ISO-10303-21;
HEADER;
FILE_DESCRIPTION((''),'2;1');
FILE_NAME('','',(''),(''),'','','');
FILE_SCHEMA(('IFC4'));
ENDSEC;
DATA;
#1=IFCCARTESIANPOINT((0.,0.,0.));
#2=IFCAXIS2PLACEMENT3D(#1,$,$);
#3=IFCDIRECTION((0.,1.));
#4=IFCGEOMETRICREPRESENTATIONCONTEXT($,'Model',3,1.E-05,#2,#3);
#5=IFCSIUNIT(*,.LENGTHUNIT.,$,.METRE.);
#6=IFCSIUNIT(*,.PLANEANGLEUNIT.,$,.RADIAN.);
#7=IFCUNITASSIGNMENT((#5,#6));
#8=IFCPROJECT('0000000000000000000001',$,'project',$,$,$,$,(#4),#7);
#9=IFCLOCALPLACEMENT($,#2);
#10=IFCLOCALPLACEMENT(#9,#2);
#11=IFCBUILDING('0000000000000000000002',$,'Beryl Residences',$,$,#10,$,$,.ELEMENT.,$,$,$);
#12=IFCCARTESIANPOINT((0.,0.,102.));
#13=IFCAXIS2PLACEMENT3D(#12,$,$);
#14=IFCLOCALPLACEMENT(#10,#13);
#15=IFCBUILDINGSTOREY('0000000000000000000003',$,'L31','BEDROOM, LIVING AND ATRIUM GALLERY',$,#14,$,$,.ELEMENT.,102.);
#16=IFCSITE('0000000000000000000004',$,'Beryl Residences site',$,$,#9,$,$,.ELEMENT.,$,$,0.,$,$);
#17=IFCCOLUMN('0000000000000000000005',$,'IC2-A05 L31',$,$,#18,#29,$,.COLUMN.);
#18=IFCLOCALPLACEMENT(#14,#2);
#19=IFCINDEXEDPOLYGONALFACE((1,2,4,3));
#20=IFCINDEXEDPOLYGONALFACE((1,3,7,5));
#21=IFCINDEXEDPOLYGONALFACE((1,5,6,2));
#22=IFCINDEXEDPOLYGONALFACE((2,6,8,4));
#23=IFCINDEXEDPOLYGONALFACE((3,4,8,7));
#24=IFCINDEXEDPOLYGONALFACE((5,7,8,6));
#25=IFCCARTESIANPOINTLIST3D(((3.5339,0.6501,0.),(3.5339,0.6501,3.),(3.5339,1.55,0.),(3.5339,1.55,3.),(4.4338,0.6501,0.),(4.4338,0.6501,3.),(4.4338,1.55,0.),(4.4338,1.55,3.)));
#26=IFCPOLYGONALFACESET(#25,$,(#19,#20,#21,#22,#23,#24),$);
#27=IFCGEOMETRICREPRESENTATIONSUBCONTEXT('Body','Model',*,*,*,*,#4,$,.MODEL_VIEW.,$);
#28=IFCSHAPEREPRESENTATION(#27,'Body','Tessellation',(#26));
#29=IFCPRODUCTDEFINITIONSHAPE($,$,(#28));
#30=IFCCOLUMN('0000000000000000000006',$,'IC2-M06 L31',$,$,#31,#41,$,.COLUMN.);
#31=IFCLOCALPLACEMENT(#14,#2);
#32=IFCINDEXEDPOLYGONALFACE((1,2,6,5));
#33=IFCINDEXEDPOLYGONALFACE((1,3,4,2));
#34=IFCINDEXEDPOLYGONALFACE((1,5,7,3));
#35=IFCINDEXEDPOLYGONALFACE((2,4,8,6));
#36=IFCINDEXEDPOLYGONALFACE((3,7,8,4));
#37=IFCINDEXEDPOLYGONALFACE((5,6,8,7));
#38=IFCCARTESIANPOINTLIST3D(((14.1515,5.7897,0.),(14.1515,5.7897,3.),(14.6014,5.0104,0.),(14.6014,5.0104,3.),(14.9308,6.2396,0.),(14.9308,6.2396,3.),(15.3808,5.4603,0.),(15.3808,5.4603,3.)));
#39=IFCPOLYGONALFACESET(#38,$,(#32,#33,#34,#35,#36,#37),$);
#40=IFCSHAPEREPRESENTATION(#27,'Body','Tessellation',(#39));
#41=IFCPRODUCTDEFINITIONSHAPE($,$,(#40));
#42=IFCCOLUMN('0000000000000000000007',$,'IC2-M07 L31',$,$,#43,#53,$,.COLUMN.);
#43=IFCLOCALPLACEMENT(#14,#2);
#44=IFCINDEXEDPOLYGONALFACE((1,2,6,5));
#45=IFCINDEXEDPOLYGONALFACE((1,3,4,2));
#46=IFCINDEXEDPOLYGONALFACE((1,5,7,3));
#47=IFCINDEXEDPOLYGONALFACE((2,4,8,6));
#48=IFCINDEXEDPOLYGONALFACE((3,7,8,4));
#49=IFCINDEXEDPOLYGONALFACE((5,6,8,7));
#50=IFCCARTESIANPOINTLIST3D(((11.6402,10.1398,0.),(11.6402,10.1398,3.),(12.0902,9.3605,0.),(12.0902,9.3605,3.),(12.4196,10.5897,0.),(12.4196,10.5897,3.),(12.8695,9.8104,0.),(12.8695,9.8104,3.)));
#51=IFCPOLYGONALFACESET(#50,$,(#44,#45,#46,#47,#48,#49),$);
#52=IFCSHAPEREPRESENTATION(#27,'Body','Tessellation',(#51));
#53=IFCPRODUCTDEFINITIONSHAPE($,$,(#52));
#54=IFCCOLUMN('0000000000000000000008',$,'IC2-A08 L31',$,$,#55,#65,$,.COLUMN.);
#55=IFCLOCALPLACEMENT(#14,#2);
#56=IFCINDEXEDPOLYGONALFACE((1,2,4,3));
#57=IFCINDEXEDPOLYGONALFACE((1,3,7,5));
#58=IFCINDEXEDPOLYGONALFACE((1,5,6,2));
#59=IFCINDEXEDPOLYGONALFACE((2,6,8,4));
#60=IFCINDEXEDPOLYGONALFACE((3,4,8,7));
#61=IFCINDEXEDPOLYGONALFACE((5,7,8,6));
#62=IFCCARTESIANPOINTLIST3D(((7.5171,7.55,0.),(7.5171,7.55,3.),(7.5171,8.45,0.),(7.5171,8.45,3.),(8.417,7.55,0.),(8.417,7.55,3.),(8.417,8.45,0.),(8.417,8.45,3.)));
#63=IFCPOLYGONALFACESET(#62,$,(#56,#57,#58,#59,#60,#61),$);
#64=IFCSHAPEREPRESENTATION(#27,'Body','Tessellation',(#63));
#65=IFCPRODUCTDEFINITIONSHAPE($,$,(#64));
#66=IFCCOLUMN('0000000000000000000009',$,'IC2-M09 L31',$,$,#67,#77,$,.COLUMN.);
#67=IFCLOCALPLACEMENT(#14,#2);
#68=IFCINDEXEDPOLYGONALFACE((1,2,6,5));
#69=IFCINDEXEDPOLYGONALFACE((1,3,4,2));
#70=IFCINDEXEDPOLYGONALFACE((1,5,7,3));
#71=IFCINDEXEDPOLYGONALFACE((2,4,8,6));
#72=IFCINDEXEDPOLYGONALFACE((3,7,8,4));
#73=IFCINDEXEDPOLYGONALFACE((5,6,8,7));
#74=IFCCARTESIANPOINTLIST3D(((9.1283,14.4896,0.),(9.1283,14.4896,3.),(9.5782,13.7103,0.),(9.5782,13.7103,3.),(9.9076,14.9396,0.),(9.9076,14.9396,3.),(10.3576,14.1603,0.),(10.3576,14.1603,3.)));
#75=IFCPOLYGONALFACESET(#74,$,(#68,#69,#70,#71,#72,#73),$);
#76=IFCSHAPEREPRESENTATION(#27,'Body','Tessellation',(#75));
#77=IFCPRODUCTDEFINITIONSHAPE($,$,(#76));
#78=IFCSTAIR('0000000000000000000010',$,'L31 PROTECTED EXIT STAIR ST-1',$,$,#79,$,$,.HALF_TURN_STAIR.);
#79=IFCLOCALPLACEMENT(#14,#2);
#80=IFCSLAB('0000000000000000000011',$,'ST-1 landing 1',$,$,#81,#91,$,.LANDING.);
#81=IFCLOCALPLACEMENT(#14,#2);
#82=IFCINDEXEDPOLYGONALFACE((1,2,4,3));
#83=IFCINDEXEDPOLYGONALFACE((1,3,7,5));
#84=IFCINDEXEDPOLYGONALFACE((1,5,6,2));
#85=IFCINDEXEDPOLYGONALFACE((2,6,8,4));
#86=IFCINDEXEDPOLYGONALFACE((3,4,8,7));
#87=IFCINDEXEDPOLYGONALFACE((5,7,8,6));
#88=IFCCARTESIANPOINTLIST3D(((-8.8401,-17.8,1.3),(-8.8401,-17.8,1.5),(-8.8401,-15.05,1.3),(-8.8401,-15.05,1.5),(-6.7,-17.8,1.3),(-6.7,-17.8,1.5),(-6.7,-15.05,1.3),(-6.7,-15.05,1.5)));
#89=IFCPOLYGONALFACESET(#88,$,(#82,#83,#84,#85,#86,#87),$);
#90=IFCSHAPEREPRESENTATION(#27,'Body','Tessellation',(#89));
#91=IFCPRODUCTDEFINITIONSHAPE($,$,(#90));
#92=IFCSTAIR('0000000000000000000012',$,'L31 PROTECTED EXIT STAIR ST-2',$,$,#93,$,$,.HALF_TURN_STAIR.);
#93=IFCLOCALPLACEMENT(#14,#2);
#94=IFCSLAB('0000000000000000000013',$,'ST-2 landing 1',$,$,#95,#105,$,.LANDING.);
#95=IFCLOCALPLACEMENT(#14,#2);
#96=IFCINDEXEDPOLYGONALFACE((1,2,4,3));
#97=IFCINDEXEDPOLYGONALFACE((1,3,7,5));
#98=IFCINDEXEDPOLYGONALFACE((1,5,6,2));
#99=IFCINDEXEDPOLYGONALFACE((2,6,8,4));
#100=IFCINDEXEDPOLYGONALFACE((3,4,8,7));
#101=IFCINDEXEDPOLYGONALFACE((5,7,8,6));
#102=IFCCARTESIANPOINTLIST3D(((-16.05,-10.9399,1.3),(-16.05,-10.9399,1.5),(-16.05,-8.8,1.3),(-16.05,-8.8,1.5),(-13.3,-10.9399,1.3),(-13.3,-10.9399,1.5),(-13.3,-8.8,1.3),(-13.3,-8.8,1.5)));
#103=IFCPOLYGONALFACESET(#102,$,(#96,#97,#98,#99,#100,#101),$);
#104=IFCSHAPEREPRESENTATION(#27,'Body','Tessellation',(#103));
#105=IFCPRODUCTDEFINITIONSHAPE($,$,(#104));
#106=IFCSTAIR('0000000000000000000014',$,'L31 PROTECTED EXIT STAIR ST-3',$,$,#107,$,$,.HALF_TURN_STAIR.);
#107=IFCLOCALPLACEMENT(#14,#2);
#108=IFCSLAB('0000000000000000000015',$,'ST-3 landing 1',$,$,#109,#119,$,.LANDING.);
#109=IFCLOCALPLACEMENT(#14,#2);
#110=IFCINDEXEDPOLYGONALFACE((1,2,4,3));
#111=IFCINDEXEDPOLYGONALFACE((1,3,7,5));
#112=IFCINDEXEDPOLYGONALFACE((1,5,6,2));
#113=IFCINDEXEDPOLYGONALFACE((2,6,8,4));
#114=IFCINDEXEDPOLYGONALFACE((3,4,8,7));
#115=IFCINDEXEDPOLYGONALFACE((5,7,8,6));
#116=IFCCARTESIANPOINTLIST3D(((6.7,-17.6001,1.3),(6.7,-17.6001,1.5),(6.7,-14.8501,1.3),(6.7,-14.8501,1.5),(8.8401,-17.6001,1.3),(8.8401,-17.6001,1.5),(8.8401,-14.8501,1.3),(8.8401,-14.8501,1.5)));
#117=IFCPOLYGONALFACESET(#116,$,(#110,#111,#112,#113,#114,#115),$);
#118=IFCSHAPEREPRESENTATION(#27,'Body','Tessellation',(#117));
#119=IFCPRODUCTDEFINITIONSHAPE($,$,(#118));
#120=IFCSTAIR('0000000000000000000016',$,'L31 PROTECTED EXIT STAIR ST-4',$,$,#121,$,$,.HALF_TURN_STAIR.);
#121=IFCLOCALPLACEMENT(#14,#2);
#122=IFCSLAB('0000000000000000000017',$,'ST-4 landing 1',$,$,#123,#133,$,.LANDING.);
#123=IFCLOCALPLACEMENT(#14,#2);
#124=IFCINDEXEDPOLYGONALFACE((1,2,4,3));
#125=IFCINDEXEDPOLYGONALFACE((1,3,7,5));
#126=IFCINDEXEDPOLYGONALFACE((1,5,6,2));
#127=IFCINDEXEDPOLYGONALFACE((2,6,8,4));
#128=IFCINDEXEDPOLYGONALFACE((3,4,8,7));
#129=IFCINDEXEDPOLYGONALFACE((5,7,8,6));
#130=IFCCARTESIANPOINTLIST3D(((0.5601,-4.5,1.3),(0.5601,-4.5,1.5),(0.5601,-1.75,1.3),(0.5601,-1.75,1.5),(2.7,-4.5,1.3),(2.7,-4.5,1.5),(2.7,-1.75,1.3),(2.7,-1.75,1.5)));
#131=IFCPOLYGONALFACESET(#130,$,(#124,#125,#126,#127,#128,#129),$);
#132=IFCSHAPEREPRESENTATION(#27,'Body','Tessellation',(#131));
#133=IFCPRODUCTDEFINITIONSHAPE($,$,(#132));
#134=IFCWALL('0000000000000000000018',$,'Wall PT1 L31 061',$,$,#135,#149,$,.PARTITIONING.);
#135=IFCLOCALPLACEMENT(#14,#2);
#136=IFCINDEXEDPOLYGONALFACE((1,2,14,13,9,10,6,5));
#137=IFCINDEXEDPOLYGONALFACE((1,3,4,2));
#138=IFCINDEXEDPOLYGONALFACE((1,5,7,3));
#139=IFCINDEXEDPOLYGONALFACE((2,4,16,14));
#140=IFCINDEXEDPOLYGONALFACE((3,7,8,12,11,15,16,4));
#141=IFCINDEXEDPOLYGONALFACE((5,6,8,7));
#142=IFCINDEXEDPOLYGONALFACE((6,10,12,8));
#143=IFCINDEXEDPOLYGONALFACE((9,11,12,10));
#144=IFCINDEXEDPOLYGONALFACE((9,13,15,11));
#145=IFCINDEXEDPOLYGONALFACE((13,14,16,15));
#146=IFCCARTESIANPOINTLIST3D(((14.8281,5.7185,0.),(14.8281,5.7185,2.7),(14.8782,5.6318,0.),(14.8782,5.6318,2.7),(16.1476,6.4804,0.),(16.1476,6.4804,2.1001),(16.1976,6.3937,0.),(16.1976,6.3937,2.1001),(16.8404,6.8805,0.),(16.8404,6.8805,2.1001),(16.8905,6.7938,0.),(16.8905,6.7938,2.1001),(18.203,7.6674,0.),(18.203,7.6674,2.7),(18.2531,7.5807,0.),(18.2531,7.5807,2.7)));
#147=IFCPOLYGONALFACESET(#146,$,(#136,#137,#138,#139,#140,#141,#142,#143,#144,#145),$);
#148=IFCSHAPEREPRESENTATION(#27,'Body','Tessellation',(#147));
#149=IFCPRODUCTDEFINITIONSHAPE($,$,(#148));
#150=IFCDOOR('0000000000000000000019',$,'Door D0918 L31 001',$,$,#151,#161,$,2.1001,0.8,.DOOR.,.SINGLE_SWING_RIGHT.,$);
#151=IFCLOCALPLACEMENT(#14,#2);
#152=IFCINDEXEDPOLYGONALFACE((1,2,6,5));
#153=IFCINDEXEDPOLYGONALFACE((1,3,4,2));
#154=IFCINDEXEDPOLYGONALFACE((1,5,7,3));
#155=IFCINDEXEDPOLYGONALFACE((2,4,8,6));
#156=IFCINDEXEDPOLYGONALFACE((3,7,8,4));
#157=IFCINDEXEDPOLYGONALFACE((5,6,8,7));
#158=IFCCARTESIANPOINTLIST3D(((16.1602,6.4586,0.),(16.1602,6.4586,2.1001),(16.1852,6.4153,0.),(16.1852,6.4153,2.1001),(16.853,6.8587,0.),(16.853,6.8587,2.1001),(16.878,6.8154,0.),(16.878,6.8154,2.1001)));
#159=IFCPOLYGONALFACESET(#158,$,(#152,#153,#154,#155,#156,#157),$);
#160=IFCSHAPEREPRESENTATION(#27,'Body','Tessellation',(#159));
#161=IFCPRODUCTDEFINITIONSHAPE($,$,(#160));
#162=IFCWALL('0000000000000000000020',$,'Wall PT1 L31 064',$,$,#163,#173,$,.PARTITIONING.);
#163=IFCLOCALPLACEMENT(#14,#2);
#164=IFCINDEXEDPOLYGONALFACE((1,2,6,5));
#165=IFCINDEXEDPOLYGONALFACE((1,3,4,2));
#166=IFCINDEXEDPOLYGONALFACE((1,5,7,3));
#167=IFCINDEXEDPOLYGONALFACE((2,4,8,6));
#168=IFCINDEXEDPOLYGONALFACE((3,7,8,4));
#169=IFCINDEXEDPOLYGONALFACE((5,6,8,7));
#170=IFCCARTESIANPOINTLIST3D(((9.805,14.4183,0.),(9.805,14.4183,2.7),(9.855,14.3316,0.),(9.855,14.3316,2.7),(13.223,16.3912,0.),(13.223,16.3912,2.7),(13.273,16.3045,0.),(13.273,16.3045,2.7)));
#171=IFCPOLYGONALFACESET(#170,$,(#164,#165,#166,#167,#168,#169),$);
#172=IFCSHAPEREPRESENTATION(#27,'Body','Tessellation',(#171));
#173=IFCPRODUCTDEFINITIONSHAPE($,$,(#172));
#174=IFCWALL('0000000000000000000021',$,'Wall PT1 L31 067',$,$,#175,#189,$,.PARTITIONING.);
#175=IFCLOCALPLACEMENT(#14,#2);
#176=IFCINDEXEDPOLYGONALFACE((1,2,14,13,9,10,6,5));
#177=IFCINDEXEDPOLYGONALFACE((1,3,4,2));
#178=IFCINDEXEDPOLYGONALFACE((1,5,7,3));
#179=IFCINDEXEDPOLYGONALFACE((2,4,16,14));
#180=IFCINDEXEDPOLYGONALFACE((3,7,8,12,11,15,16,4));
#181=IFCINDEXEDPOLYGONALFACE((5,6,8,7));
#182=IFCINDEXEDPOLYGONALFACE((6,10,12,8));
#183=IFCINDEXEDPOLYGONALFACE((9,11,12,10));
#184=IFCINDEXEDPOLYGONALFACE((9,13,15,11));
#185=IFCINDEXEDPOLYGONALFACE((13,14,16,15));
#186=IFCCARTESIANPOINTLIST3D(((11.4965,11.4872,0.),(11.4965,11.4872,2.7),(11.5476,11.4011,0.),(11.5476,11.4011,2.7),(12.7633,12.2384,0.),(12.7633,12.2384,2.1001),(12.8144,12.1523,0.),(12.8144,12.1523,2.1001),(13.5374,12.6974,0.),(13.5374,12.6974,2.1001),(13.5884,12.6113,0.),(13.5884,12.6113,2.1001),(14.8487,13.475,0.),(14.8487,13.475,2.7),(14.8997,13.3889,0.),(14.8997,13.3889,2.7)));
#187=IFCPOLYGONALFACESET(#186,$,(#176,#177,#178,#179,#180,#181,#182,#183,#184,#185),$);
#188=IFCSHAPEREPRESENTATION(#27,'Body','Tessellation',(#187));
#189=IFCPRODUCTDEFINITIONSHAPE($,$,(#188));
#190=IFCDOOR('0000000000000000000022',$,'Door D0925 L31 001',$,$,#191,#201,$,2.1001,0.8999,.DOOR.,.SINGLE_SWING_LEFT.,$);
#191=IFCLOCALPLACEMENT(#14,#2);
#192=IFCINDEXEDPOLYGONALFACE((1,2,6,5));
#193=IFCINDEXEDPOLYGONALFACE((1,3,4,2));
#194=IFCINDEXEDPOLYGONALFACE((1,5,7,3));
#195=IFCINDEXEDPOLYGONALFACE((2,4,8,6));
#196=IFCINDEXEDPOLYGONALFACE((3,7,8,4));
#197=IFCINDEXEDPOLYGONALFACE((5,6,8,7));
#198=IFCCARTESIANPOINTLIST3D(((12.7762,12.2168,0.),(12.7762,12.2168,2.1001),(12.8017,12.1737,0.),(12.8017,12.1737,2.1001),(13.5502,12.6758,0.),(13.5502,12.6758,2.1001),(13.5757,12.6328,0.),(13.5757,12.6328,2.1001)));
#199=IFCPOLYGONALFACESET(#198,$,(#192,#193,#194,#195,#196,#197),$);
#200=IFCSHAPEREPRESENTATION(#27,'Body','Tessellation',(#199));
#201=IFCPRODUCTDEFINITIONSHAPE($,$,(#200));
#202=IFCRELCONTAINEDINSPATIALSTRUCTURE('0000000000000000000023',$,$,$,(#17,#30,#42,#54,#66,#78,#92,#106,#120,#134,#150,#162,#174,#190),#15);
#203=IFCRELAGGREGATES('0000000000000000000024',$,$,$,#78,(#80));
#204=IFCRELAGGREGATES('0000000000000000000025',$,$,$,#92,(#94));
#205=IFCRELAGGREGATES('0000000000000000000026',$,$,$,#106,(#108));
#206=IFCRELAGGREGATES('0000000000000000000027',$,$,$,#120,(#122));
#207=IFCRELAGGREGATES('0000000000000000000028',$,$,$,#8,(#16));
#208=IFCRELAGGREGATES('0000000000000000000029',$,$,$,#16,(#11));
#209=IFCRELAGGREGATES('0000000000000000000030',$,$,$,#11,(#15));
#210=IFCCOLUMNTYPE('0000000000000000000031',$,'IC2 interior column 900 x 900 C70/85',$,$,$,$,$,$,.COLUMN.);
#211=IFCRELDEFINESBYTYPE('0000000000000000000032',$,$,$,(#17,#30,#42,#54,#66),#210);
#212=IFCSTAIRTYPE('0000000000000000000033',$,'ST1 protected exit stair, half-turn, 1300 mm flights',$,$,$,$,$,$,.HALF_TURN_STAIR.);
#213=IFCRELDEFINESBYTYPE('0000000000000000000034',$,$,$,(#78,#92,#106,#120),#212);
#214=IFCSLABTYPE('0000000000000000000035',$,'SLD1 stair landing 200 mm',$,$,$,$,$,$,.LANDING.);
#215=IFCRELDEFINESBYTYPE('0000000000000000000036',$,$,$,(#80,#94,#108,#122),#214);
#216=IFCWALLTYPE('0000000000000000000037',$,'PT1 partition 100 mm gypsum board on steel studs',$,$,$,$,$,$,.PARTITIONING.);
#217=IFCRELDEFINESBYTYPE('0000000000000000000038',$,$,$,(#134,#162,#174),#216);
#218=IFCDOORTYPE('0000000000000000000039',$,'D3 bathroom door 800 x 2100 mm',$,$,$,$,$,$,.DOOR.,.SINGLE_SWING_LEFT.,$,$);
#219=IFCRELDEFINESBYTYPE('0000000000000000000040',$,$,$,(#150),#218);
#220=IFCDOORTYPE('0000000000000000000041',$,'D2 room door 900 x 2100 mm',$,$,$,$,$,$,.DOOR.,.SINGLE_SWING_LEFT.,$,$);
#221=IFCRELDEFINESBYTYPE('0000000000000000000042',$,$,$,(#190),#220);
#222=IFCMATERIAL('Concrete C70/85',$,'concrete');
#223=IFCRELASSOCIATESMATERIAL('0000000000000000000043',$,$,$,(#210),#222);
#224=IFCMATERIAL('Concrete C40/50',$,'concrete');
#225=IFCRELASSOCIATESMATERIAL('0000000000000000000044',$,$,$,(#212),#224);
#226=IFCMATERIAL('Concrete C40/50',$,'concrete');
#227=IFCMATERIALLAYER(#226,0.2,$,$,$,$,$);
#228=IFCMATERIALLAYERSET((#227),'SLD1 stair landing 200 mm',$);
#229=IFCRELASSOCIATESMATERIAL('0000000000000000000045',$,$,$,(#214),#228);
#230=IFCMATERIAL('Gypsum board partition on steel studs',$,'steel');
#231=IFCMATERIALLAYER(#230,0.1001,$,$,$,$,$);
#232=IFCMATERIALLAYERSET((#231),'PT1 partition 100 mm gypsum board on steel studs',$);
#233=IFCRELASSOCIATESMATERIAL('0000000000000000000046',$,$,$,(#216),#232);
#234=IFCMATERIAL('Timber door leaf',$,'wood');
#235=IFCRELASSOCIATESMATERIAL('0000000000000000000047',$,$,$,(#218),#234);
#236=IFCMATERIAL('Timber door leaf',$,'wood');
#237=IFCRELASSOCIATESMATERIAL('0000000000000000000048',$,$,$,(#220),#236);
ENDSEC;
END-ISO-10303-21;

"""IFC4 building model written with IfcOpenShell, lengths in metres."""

from ifc_helpers import new_model, si_unit, direction, frame, frame_2d, origin, origin_2d, place, context, subcontext, project, spatial, polyline, rectangle, outline, extrude, material, layer, layer_set, material_profile, profile_set, type_object, element, fill, aggregate, save


model = new_model("IFC4")

# Units and contexts
model_context = context("Model", 3, precision=1e-05, world=origin(), true_north=direction((0.0, 1.0)))
body_context = subcontext(model_context, "Body", "Model", "MODEL_VIEW")
ifc_project = project(units=[si_unit("LENGTHUNIT", "METRE"), si_unit("PLANEANGLEUNIT", "RADIAN")], contexts=[model_context])

# Site, building, storey
site_placement = place(None, origin())
site = spatial("IfcSite", under=ifc_project, at=site_placement, Name="Beryl Residences site", CompositionType="ELEMENT", RefElevation=0.0)
building_placement = place(site_placement, origin())
building = spatial("IfcBuilding", under=site, at=building_placement, Name="Beryl Residences", CompositionType="ELEMENT")
storey_placement = place(building_placement, frame((0.0, 0.0, 102.0)))
storey = spatial("IfcBuildingStorey", under=building, at=storey_placement, Name="L31", Description="BEDROOM, LIVING AND ATRIUM GALLERY", CompositionType="ELEMENT", Elevation=102.0)

# Columns
ifc_material_1 = material(Name="Concrete C70/85", Category="concrete")
ifc_material_profile = material_profile(ifc_material_1, rectangle(XDim=0.8999, YDim=0.8999, at=origin_2d()))
ifc_profile_set = profile_set([ifc_material_profile], Name="Concrete C70/85")
column_type = type_object("IfcColumnType", Name="IC2 interior column 900 x 900 C70/85", PredefinedType="COLUMN", material=ifc_profile_set)
for number, where, z_axis, x_axis, name in (
    (1, (3.9839, 1.1001, 0.0), (0.0, 0.0, 1.0), (1.0, 0.0, 0.0), "IC2-A05 L31"),
    (2, (14.7661, 5.625, 0.0), (0.0, 0.0, 1.0), (-0.5, 0.866025, 0.0), "IC2-M06 L31"),
    (3, (12.2549, 9.9751, 0.0), (0.0, 0.0, 1.0), (-0.5, 0.866025, 0.0), "IC2-M07 L31"),
    (4, (7.967, 8.0, 0.0), (0.0, 0.0, 1.0), (1.0, 0.0, 0.0), "IC2-A08 L31"),
    (5, (9.7429, 14.325, 0.0), (0.0, 0.0, 1.0), (-0.5, 0.866025, 0.0), "IC2-M09 L31"),
):
    element("IfcColumn", number, at=place(storey_placement, frame(where, z_axis=z_axis, x_axis=x_axis)), inside=storey, type_object=column_type, Name=name, PredefinedType="COLUMN", context=body_context, shape_type="SweptSolid", body=[
        extrude(rectangle(XDim=0.8999, YDim=0.8999, at=origin_2d()), origin(), (0.0, 0.0, 1.0), 3.0),
    ])

# Stairs, slabs
ifc_material_2 = material(Name="Concrete C40/50", Category="concrete")
stair_type = type_object("IfcStairType", Name="ST1 protected exit stair, half-turn, 1300 mm flights", PredefinedType="HALF_TURN_STAIR", material=ifc_material_2)
stair_1_placement = place(storey_placement, origin())
stair_1 = element("IfcStair", 6, at=stair_1_placement, inside=storey, type_object=stair_type, Name="L31 PROTECTED EXIT STAIR ST-1", PredefinedType="HALF_TURN_STAIR")
ifc_material_3 = material(Name="Concrete C40/50", Category="concrete")
ifc_layer_1 = layer(ifc_material_3, 0.2)
ifc_layer_set_1 = layer_set([ifc_layer_1], Name="SLD1 stair landing 200 mm")
slab_type_1 = type_object("IfcSlabType", Name="SLD1 stair landing 200 mm", PredefinedType="LANDING", material=ifc_layer_set_1)
slab_1_placement = place(storey_placement, frame((0.0, 0.0, 1.3)))
slab_1 = element("IfcSlab", 7, at=slab_1_placement, type_object=slab_type_1, Name="ST-1 landing 1", PredefinedType="LANDING", context=body_context, shape_type="SweptSolid", body=[
    extrude(outline(polyline([(-8.8401, -17.8), (-6.7, -17.8), (-6.7, -15.05), (-8.8401, -15.05), (-8.8401, -17.8)])), origin(), (0.0, 0.0, 1.0), 0.2),
])
aggregate(stair_1, [slab_1])
stair_2_placement = place(storey_placement, origin())
stair_2 = element("IfcStair", 8, at=stair_2_placement, inside=storey, type_object=stair_type, Name="L31 PROTECTED EXIT STAIR ST-2", PredefinedType="HALF_TURN_STAIR")
slab_2_placement = place(storey_placement, frame((0.0, 0.0, 1.3)))
slab_2 = element("IfcSlab", 9, at=slab_2_placement, type_object=slab_type_1, Name="ST-2 landing 1", PredefinedType="LANDING", context=body_context, shape_type="SweptSolid", body=[
    extrude(outline(polyline([(-13.3, -10.9399), (-13.3, -8.8), (-16.05, -8.8), (-16.05, -10.9399), (-13.3, -10.9399)])), origin(), (0.0, 0.0, 1.0), 0.2),
])
aggregate(stair_2, [slab_2])
stair_3_placement = place(storey_placement, origin())
stair_3 = element("IfcStair", 10, at=stair_3_placement, inside=storey, type_object=stair_type, Name="L31 PROTECTED EXIT STAIR ST-3", PredefinedType="HALF_TURN_STAIR")
slab_3_placement = place(storey_placement, frame((0.0, 0.0, 1.3)))
slab_3 = element("IfcSlab", 11, at=slab_3_placement, type_object=slab_type_1, Name="ST-3 landing 1", PredefinedType="LANDING", context=body_context, shape_type="SweptSolid", body=[
    extrude(outline(polyline([(8.8401, -14.8501), (6.7, -14.8501), (6.7, -17.6001), (8.8401, -17.6001), (8.8401, -14.8501)])), origin(), (0.0, 0.0, 1.0), 0.2),
])
aggregate(stair_3, [slab_3])
stair_4_placement = place(storey_placement, origin())
stair_4 = element("IfcStair", 12, at=stair_4_placement, inside=storey, type_object=stair_type, Name="L31 PROTECTED EXIT STAIR ST-4", PredefinedType="HALF_TURN_STAIR")
slab_4_placement = place(storey_placement, frame((0.0, 0.0, 1.3)))
slab_4 = element("IfcSlab", 13, at=slab_4_placement, type_object=slab_type_1, Name="ST-4 landing 1", PredefinedType="LANDING", context=body_context, shape_type="SweptSolid", body=[
    extrude(outline(polyline([(0.5601, -4.5), (2.7, -4.5), (2.7, -1.75), (0.5601, -1.75), (0.5601, -4.5)])), origin(), (0.0, 0.0, 1.0), 0.2),
])
aggregate(stair_4, [slab_4])

# Wall, opening, door
ifc_material_4 = material(Name="Gypsum board partition on steel studs", Category="steel")
ifc_layer_2 = layer(ifc_material_4, 0.1001)
ifc_layer_set_2 = layer_set([ifc_layer_2], Name="PT1 partition 100 mm gypsum board on steel studs")
wall_type_1 = type_object("IfcWallType", Name="PT1 partition 100 mm gypsum board on steel studs", PredefinedType="PARTITIONING", material=ifc_layer_set_2)
wall_1_placement = place(storey_placement, frame((14.853, 5.675, 0.0), z_axis=(0.0, 0.0, 1.0), x_axis=(0.865979, 0.50008, 0.0)))
wall_1 = element("IfcWall", 14, at=wall_1_placement, inside=storey, type_object=wall_type_1, Name="Wall PT1 L31 061", PredefinedType="PARTITIONING", context=body_context, shape_type="SweptSolid", body=[
    extrude(rectangle(XDim=3.8972, YDim=0.1001, at=frame_2d((1.9487, 0.0))), origin(), (0.0, 0.0, 1.0), 2.7),
])
opening_1_placement = place(wall_1_placement, frame((1.5239, 0.0, 0.0)))
opening_1 = element("IfcOpeningElement", 15, at=opening_1_placement, cuts=wall_1, PredefinedType="OPENING", context=body_context, shape_type="SweptSolid", body=[
    extrude(rectangle(XDim=0.8, YDim=2.1001, at=frame_2d((0.3999, 1.05))), frame((0.0, 0.0601, 0.0), z_axis=(0.0, -1.0, 0.0), x_axis=(1.0, 0.0, 0.0)), (0.0, 0.0, 1.0), 0.1201),
])
ifc_material_5 = material(Name="Timber door leaf", Category="wood")
door_type_1 = type_object("IfcDoorType", Name="D3 bathroom door 800 x 2100 mm", OperationType="SINGLE_SWING_LEFT", PredefinedType="DOOR", material=ifc_material_5)
door_1_placement = place(opening_1_placement, origin())
door_1 = element("IfcDoor", 16, at=door_1_placement, inside=storey, type_object=door_type_1, Name="Door D0918 L31 001", OperationType="SINGLE_SWING_RIGHT", OverallHeight=2.1001, OverallWidth=0.8, PredefinedType="DOOR", context=body_context, shape_type="SweptSolid", body=[
    extrude(rectangle(XDim=0.8, YDim=2.1001, at=frame_2d((0.3999, 1.05))), frame((0.0, 0.0249, 0.0), z_axis=(0.0, -1.0, 0.0), x_axis=(1.0, 0.0, 0.0)), (0.0, 0.0, 1.0), 0.05),
])
fill(opening_1, door_1)

# Wall
wall_2_placement = place(storey_placement, frame((9.8301, 14.375, 0.0), z_axis=(0.0, 0.0, 1.0), x_axis=(0.866076, 0.499912, 0.0)))
element("IfcWall", 17, at=wall_2_placement, inside=storey, type_object=wall_type_1, Name="Wall PT1 L31 064", PredefinedType="PARTITIONING", context=body_context, shape_type="SweptSolid", body=[
    extrude(rectangle(XDim=3.9465, YDim=0.1001, at=frame_2d((1.9731, 0.0))), origin(), (0.0, 0.0, 1.0), 2.7),
])

# Wall, opening, door
wall_3_placement = place(storey_placement, frame((11.522, 11.4441, 0.0), z_axis=(0.0, 0.0, 1.0), x_axis=(0.860135, 0.510067, 0.0)))
wall_3 = element("IfcWall", 18, at=wall_3_placement, inside=storey, type_object=wall_type_1, Name="Wall PT1 L31 067", PredefinedType="PARTITIONING", context=body_context, shape_type="SweptSolid", body=[
    extrude(rectangle(XDim=3.8972, YDim=0.1001, at=frame_2d((1.9487, 0.0))), origin(), (0.0, 0.0, 1.0), 2.7),
])
opening_2_placement = place(wall_3_placement, frame((1.4729, 0.0, 0.0)))
opening_2 = element("IfcOpeningElement", 19, at=opening_2_placement, cuts=wall_3, PredefinedType="OPENING", context=body_context, shape_type="SweptSolid", body=[
    extrude(rectangle(XDim=0.8999, YDim=2.1001, at=frame_2d((0.45, 1.05))), frame((0.0, 0.0601, 0.0), z_axis=(0.0, -1.0, 0.0), x_axis=(1.0, 0.0, 0.0)), (0.0, 0.0, 1.0), 0.1201),
])
ifc_material_6 = material(Name="Timber door leaf", Category="wood")
door_type_2 = type_object("IfcDoorType", Name="D2 room door 900 x 2100 mm", OperationType="SINGLE_SWING_LEFT", PredefinedType="DOOR", material=ifc_material_6)
door_2_placement = place(opening_2_placement, origin())
door_2 = element("IfcDoor", 20, at=door_2_placement, inside=storey, type_object=door_type_2, Name="Door D0925 L31 001", OperationType="SINGLE_SWING_LEFT", OverallHeight=2.1001, OverallWidth=0.8999, PredefinedType="DOOR", context=body_context, shape_type="SweptSolid", body=[
    extrude(rectangle(XDim=0.8999, YDim=2.1001, at=frame_2d((0.45, 1.05))), frame((0.0, 0.0249, 0.0), z_axis=(0.0, -1.0, 0.0), x_axis=(1.0, 0.0, 0.0)), (0.0, 0.0, 1.0), 0.05),
])
fill(opening_2, door_2)

save(model, "model.ifc")
